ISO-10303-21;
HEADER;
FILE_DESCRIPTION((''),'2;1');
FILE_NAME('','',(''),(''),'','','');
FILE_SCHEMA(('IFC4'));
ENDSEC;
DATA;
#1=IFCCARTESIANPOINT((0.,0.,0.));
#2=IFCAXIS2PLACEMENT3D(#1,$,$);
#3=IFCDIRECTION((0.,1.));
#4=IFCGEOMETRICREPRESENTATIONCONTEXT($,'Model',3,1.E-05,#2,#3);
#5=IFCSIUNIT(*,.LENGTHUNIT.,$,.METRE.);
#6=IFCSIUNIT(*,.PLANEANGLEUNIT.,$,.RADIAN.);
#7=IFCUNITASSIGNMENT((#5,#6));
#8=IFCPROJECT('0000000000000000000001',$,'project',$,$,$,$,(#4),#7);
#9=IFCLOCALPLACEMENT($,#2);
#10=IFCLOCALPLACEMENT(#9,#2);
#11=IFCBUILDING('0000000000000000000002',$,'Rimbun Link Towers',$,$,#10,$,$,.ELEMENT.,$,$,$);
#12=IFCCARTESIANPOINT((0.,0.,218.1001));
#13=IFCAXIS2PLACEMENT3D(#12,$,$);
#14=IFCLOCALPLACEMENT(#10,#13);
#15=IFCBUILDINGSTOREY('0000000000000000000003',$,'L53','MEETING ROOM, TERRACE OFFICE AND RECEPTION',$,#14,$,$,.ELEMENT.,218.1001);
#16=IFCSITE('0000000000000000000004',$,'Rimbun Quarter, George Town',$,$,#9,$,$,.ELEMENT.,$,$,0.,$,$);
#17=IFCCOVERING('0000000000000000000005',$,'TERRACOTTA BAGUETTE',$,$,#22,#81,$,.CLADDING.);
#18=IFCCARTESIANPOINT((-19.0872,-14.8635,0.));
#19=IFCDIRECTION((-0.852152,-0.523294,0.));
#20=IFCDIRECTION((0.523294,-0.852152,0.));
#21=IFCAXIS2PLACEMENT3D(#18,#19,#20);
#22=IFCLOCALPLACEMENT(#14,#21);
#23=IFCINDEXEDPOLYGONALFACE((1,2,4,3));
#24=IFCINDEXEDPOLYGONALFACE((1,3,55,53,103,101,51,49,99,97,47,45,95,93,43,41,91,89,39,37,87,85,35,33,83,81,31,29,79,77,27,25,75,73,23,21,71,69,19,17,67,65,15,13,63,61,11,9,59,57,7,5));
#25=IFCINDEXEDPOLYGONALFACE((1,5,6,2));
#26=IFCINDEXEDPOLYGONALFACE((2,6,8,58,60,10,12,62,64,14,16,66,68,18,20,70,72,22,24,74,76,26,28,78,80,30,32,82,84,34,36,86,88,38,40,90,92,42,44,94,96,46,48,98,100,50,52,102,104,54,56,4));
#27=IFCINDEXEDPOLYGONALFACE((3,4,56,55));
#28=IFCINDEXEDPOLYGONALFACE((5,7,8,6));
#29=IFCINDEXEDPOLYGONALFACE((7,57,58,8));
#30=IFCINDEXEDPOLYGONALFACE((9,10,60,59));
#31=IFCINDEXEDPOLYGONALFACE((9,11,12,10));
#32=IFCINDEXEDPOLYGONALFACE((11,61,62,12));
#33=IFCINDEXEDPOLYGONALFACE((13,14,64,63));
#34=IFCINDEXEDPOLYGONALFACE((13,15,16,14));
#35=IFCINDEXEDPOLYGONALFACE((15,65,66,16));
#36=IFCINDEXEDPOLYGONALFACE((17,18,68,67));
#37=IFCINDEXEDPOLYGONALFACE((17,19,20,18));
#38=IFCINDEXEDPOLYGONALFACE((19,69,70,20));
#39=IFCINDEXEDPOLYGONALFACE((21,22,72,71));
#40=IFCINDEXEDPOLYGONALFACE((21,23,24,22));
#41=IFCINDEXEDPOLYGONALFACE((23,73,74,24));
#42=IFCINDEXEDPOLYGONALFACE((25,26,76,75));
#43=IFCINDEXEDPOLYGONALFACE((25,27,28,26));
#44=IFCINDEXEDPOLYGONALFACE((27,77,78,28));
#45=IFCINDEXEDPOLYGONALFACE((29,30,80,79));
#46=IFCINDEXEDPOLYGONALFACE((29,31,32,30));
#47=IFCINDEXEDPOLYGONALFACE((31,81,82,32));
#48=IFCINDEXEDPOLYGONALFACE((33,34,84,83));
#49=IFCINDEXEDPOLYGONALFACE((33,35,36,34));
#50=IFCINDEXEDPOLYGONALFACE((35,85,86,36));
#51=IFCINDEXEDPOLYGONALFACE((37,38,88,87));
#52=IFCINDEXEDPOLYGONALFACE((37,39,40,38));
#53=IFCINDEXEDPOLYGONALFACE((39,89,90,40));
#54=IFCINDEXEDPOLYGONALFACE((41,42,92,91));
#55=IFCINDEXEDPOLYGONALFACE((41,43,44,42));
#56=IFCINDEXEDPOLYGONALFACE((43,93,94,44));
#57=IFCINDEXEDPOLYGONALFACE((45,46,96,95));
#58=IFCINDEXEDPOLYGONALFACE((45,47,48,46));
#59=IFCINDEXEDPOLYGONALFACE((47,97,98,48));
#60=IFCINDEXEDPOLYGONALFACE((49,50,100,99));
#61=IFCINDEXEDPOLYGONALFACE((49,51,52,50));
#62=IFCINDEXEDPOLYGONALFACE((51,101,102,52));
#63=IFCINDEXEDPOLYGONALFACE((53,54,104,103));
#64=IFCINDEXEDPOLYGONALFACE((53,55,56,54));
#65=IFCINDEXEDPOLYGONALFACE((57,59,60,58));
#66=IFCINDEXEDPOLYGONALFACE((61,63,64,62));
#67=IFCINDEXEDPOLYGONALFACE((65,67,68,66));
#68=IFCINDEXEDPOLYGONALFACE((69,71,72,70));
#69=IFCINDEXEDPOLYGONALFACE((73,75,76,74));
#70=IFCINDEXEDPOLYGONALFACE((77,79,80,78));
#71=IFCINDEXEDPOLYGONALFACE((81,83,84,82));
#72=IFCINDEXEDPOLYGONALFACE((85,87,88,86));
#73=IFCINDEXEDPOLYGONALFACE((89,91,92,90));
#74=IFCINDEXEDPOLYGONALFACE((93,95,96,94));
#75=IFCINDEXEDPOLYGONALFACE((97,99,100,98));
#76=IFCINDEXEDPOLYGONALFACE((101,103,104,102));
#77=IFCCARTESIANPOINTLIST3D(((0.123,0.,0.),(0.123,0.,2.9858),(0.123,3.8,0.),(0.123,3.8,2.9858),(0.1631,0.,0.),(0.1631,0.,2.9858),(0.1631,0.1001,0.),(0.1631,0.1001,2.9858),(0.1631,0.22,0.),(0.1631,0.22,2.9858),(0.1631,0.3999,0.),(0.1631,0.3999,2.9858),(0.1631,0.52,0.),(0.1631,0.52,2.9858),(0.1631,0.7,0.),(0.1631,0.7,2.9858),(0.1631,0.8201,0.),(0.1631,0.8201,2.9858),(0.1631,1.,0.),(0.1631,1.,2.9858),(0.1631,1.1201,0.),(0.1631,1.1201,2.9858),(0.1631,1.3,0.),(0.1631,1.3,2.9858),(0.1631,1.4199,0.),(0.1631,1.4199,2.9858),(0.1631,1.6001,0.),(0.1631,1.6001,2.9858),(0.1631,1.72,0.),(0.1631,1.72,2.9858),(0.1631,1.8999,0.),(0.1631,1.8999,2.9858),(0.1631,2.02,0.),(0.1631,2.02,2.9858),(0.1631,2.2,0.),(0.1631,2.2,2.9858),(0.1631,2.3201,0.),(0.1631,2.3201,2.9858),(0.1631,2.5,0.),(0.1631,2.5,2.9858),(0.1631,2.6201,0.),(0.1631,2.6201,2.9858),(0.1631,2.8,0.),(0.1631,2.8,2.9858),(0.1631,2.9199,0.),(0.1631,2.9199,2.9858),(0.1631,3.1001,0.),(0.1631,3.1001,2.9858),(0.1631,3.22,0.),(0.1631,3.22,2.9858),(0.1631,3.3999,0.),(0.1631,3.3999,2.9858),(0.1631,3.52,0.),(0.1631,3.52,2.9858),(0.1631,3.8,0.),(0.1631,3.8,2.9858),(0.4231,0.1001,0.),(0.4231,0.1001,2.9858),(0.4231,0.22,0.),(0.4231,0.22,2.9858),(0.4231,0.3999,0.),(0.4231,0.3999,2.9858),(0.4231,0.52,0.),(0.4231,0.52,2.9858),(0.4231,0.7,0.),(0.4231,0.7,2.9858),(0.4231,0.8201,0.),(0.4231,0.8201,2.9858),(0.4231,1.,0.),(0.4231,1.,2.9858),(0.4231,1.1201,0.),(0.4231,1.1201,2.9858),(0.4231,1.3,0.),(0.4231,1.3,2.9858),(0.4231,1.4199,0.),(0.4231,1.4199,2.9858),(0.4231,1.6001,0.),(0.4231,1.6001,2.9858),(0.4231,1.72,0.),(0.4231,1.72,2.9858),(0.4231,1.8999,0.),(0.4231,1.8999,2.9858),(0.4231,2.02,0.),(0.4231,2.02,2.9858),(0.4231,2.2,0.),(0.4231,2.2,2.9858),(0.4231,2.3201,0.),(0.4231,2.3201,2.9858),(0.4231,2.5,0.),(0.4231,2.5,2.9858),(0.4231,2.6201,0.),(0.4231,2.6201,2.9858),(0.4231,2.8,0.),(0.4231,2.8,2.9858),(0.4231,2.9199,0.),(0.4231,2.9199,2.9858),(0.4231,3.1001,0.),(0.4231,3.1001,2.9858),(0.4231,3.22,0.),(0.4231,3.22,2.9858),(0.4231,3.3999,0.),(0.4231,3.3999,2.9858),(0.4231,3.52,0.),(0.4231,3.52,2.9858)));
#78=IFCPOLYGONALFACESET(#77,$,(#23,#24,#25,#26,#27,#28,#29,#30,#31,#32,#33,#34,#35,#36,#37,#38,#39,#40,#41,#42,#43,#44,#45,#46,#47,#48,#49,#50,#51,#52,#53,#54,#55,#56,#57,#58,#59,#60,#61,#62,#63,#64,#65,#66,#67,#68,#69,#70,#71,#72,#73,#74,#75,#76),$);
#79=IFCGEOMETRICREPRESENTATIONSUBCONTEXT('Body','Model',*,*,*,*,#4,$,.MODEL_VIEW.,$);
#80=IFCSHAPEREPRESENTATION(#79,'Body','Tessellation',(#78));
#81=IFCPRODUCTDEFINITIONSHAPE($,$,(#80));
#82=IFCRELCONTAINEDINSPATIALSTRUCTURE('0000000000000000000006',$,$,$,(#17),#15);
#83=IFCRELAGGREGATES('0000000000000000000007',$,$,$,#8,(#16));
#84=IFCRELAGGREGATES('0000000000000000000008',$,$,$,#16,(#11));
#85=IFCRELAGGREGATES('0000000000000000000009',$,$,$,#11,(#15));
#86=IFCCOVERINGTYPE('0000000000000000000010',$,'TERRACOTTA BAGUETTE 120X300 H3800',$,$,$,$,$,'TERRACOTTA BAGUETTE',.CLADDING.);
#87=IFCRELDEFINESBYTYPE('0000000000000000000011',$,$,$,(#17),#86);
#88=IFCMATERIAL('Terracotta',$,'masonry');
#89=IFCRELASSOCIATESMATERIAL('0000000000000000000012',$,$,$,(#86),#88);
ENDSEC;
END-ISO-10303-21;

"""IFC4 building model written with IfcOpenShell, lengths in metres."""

from ifc_helpers import new_model, si_unit, direction, frame, origin, place, context, subcontext, project, spatial, polyline, outline, extrude, material, material_profile, profile_set, type_object, element, save


model = new_model("IFC4")

# Units and contexts
model_context = context("Model", 3, precision=1e-05, world=origin(), true_north=direction((0.0, 1.0)))
body_context = subcontext(model_context, "Body", "Model", "MODEL_VIEW")
ifc_project = project(units=[si_unit("LENGTHUNIT", "METRE"), si_unit("PLANEANGLEUNIT", "RADIAN")], contexts=[model_context])

# Site, building, storey
site_placement = place(None, origin())
site = spatial("IfcSite", under=ifc_project, at=site_placement, Name="Rimbun Quarter, George Town", CompositionType="ELEMENT", RefElevation=0.0)
building_placement = place(site_placement, origin())
building = spatial("IfcBuilding", under=site, at=building_placement, Name="Rimbun Link Towers", CompositionType="ELEMENT")
storey_placement = place(building_placement, frame((0.0, 0.0, 218.1001)))
storey = spatial("IfcBuildingStorey", under=building, at=storey_placement, Name="L53", Description="MEETING ROOM, TERRACE OFFICE AND RECEPTION", CompositionType="ELEMENT", Elevation=218.1001)

# Covering
ifc_material_1 = material(Name="Terracotta", Category="masonry")
ifc_material_profile_1 = material_profile(ifc_material_1, outline(polyline([(0.123, 0.0), (0.1631, 0.0), (0.1631, 0.1001), (0.4231, 0.1001), (0.4231, 0.22), (0.1631, 0.22), (0.1631, 0.3999), (0.4231, 0.3999), (0.4231, 0.52), (0.1631, 0.52), (0.1631, 0.7), (0.4231, 0.7), (0.4231, 0.8201), (0.1631, 0.8201), (0.1631, 1.0), (0.4231, 1.0), (0.4231, 1.1201), (0.1631, 1.1201), (0.1631, 1.3), (0.4231, 1.3), (0.4231, 1.4199), (0.1631, 1.4199), (0.1631, 1.6001), (0.4231, 1.6001), (0.4231, 1.72), (0.1631, 1.72), (0.1631, 1.8999), (0.4231, 1.8999), (0.4231, 2.02), (0.1631, 2.02), (0.1631, 2.2), (0.4231, 2.2), (0.4231, 2.3201), (0.1631, 2.3201), (0.1631, 2.5), (0.4231, 2.5), (0.4231, 2.6201), (0.1631, 2.6201), (0.1631, 2.8), (0.4231, 2.8), (0.4231, 2.9199), (0.1631, 2.9199), (0.1631, 3.1001), (0.4231, 3.1001), (0.4231, 3.22), (0.1631, 3.22), (0.1631, 3.3999), (0.4231, 3.3999), (0.4231, 3.52), (0.1631, 3.52), (0.1631, 3.8), (0.123, 3.8), (0.123, 0.0)])), Name="BAGUETTE 120X300")
ifc_profile_set_1 = profile_set([ifc_material_profile_1], Name="Terracotta")
covering_type = type_object("IfcCoveringType", Name="TERRACOTTA BAGUETTE 120X300 H3800", ElementType="TERRACOTTA BAGUETTE", PredefinedType="CLADDING", material=ifc_profile_set_1)
covering_placement = place(storey_placement, frame((-19.0872, -14.8635, 0.0), z_axis=(-0.852152, -0.523294, 0.0), x_axis=(0.523294, -0.852152, 0.0)))
element("IfcCovering", 1, at=covering_placement, inside=storey, type_object=covering_type, Name="TERRACOTTA BAGUETTE", PredefinedType="CLADDING", context=body_context, shape_type="SweptSolid", body=[
    extrude(outline(polyline([(0.123, 0.0), (0.1631, 0.0), (0.1631, 0.1001), (0.4231, 0.1001), (0.4231, 0.22), (0.1631, 0.22), (0.1631, 0.3999), (0.4231, 0.3999), (0.4231, 0.52), (0.1631, 0.52), (0.1631, 0.7), (0.4231, 0.7), (0.4231, 0.8201), (0.1631, 0.8201), (0.1631, 1.0), (0.4231, 1.0), (0.4231, 1.1201), (0.1631, 1.1201), (0.1631, 1.3), (0.4231, 1.3), (0.4231, 1.4199), (0.1631, 1.4199), (0.1631, 1.6001), (0.4231, 1.6001), (0.4231, 1.72), (0.1631, 1.72), (0.1631, 1.8999), (0.4231, 1.8999), (0.4231, 2.02), (0.1631, 2.02), (0.1631, 2.2), (0.4231, 2.2), (0.4231, 2.3201), (0.1631, 2.3201), (0.1631, 2.5), (0.4231, 2.5), (0.4231, 2.6201), (0.1631, 2.6201), (0.1631, 2.8), (0.4231, 2.8), (0.4231, 2.9199), (0.1631, 2.9199), (0.1631, 3.1001), (0.4231, 3.1001), (0.4231, 3.22), (0.1631, 3.22), (0.1631, 3.3999), (0.4231, 3.3999), (0.4231, 3.52), (0.1631, 3.52), (0.1631, 3.8), (0.123, 3.8), (0.123, 0.0)])), origin(), (0.0, 0.0, 1.0), 2.9858),
])

save(model, "model.ifc")
